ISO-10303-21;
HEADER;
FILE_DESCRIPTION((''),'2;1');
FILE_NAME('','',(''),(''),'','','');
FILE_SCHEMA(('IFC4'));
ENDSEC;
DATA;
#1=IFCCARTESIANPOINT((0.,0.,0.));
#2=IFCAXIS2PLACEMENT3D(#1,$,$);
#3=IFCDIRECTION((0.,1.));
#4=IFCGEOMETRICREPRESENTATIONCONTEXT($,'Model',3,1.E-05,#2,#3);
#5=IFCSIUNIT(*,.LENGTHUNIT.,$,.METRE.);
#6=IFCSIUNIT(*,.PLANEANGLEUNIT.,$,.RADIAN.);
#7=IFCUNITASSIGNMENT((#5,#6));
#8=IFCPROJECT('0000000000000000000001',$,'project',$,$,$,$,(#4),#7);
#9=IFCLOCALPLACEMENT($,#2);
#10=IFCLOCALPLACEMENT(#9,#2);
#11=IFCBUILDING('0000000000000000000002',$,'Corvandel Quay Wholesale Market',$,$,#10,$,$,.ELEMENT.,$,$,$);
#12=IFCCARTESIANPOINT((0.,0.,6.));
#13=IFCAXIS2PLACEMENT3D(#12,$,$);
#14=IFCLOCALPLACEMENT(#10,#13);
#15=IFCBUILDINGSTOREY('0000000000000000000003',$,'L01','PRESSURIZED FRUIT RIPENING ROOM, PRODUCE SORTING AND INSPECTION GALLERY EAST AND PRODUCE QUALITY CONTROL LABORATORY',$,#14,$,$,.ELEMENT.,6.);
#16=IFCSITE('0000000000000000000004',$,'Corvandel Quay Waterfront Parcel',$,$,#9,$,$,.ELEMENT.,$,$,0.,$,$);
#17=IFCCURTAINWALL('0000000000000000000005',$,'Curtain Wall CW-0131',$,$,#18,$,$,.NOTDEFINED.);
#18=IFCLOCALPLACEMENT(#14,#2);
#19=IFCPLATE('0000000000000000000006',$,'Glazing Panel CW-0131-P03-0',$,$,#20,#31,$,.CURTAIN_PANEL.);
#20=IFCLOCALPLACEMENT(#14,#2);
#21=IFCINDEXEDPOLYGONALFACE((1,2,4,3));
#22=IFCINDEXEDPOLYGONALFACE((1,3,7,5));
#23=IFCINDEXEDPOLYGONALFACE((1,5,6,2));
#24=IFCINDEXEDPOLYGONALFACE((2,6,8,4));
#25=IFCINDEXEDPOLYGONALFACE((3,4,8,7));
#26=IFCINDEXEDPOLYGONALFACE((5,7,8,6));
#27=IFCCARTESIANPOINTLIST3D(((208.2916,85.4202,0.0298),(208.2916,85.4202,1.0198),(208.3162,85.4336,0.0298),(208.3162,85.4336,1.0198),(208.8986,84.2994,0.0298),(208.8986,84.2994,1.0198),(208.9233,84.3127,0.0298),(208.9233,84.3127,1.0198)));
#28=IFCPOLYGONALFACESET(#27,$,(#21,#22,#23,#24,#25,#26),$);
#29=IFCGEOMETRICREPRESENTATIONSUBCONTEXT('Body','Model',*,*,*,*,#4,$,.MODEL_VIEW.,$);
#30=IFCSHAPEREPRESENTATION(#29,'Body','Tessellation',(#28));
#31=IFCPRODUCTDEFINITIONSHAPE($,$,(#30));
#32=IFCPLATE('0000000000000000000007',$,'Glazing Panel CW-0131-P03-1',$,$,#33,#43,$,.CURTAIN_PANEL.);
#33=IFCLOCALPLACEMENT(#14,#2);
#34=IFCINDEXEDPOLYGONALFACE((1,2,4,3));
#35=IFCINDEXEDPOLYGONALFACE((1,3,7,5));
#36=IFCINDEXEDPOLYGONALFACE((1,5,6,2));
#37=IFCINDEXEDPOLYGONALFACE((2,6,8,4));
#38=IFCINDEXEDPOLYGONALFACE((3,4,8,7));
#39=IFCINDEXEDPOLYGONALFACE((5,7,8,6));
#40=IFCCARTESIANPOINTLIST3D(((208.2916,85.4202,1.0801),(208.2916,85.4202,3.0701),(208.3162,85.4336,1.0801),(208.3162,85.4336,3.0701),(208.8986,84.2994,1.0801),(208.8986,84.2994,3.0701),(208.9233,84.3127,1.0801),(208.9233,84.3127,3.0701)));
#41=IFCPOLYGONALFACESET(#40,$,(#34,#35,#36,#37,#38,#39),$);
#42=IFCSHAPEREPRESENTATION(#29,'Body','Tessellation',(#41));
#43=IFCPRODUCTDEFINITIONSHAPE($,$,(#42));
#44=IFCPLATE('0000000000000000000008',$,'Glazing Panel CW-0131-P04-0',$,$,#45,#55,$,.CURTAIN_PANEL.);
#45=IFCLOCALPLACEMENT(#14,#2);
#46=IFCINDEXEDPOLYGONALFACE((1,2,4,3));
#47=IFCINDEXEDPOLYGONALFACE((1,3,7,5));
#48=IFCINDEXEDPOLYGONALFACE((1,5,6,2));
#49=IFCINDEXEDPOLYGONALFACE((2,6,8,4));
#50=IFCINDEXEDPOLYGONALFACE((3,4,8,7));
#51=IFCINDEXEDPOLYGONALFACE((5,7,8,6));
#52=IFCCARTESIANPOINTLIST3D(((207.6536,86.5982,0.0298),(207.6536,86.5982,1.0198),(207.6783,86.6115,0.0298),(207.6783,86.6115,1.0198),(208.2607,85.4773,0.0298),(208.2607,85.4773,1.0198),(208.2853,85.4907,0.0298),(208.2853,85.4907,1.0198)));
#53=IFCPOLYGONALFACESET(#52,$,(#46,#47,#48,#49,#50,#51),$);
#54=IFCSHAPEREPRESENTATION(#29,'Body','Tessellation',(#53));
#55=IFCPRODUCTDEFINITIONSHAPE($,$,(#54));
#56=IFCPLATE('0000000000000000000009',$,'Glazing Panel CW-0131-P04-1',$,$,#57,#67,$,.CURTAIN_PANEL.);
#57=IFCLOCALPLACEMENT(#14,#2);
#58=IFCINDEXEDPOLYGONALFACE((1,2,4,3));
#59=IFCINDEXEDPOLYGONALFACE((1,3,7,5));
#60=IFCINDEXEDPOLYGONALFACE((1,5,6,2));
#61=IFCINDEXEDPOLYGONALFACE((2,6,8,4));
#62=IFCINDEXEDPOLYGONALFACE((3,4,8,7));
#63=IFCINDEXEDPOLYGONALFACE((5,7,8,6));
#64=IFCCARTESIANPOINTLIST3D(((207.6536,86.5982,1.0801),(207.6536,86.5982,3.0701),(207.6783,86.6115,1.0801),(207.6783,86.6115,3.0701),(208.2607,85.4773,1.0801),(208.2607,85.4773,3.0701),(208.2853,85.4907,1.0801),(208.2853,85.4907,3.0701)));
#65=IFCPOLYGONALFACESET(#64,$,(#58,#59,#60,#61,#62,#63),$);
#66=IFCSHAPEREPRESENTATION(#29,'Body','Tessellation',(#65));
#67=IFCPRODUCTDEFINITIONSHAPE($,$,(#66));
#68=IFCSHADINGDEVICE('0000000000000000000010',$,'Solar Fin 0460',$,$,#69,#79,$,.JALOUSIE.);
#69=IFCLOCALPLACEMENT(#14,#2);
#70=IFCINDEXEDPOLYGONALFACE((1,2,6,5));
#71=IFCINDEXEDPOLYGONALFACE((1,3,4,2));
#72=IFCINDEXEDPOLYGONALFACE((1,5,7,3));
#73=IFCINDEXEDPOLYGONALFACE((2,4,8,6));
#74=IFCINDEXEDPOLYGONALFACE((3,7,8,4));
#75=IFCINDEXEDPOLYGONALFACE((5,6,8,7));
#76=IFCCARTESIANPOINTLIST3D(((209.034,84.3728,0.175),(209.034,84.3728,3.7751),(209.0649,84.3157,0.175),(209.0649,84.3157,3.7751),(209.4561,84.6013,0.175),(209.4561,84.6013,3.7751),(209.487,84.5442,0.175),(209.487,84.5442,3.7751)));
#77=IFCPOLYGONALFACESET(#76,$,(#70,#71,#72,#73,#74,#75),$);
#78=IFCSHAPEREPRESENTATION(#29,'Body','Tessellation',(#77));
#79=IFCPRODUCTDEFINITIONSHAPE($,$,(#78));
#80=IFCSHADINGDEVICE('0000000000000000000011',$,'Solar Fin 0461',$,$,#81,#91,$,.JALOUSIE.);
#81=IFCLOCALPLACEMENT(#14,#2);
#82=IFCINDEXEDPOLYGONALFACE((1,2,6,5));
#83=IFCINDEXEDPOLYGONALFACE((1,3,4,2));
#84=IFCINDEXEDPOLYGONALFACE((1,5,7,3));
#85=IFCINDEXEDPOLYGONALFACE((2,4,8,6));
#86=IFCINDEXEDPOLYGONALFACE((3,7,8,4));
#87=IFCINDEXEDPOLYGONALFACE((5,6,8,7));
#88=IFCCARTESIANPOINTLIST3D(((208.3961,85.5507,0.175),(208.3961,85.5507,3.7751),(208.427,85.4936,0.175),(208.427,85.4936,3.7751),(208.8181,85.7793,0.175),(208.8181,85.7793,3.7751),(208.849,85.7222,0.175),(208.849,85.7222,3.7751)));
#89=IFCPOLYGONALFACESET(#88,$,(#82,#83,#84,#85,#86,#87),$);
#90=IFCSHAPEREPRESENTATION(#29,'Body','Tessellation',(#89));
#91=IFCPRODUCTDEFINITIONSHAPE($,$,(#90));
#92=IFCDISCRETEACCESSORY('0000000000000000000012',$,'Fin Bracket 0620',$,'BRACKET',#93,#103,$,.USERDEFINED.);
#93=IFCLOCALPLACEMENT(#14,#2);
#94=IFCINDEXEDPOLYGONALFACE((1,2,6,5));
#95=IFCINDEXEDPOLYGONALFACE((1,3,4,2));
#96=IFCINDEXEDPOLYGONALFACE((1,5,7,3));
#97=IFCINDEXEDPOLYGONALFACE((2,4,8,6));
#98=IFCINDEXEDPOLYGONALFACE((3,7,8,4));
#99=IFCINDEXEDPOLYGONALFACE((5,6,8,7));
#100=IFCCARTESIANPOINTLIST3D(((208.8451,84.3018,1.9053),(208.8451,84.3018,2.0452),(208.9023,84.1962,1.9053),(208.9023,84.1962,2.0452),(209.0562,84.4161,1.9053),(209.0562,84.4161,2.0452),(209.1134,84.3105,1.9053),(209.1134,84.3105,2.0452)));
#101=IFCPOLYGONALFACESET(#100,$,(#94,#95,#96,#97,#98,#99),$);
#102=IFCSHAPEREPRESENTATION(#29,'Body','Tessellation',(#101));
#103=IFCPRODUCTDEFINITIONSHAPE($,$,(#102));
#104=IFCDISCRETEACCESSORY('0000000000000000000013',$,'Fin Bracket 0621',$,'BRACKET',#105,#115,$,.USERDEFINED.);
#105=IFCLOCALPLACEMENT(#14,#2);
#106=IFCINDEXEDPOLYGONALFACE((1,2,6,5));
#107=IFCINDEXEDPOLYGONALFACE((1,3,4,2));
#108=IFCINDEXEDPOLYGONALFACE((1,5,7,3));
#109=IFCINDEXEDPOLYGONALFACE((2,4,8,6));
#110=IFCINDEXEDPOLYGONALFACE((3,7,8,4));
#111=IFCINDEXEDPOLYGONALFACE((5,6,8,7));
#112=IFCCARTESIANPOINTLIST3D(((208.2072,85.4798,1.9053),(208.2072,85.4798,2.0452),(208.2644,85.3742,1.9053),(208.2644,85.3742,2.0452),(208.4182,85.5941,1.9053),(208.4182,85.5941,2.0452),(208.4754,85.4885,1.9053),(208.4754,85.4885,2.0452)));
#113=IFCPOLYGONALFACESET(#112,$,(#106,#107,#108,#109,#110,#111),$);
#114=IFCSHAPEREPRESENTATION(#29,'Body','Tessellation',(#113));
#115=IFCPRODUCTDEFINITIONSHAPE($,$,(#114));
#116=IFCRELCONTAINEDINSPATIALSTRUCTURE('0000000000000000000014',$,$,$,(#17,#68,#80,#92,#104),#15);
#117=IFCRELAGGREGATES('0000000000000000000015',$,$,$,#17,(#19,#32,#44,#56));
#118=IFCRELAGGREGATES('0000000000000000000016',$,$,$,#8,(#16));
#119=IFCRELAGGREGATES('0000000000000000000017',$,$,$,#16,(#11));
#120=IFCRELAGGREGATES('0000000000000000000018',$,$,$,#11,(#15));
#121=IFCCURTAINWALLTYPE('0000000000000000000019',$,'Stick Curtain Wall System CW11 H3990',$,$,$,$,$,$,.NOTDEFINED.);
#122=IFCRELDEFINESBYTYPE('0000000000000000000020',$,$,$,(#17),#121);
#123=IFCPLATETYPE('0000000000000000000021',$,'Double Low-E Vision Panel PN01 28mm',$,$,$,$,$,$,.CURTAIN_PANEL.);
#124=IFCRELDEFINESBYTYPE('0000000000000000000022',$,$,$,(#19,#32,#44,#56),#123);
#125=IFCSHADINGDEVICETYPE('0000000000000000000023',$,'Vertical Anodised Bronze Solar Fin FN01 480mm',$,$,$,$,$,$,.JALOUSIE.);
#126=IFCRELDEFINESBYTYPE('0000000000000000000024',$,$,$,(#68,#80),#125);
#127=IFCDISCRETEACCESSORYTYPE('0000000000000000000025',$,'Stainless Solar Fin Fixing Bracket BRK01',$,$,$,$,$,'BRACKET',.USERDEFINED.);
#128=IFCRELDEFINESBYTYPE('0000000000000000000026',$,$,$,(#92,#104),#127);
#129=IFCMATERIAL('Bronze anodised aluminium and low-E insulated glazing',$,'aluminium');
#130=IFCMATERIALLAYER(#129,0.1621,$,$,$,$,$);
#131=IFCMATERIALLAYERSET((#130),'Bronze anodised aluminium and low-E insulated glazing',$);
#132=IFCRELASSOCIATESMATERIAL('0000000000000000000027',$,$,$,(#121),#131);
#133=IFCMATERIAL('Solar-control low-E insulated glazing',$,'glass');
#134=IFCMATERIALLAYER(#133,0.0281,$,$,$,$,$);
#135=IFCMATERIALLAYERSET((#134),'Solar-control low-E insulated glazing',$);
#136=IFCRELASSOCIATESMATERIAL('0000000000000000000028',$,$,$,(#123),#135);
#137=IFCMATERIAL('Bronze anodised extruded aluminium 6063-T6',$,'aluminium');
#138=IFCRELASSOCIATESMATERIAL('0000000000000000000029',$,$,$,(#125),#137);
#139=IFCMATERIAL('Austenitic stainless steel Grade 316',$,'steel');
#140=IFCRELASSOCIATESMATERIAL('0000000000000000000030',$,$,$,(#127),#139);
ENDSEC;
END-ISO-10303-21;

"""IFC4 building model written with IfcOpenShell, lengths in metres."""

from ifc_helpers import new_model, si_unit, direction, frame, origin, origin_2d, place, context, subcontext, project, spatial, rectangle, extrude, material, layer, layer_set, type_object, element, aggregate, save


model = new_model("IFC4")

# Units and contexts
model_context = context("Model", 3, precision=1e-05, world=origin(), true_north=direction((0.0, 1.0)))
body_context = subcontext(model_context, "Body", "Model", "MODEL_VIEW")
ifc_project = project(units=[si_unit("LENGTHUNIT", "METRE"), si_unit("PLANEANGLEUNIT", "RADIAN")], contexts=[model_context])

# Site, building, storey
site_placement = place(None, origin())
site = spatial("IfcSite", under=ifc_project, at=site_placement, Name="Corvandel Quay Waterfront Parcel", CompositionType="ELEMENT", RefElevation=0.0)
building_placement = place(site_placement, origin())
building = spatial("IfcBuilding", under=site, at=building_placement, Name="Corvandel Quay Wholesale Market", CompositionType="ELEMENT")
storey_placement = place(building_placement, frame((0.0, 0.0, 6.0)))
storey = spatial("IfcBuildingStorey", under=building, at=storey_placement, Name="L01", Description="PRESSURIZED FRUIT RIPENING ROOM, PRODUCE SORTING AND INSPECTION GALLERY EAST AND PRODUCE QUALITY CONTROL LABORATORY", CompositionType="ELEMENT", Elevation=6.0)

# Curtain wall, plates
ifc_material_1 = material(Name="Bronze anodised aluminium and low-E insulated glazing", Category="aluminium")
ifc_layer_1 = layer(ifc_material_1, 0.1621)
ifc_layer_set_1 = layer_set([ifc_layer_1], Name="Bronze anodised aluminium and low-E insulated glazing")
curtain_wall_type = type_object("IfcCurtainWallType", Name="Stick Curtain Wall System CW11 H3990", PredefinedType="NOTDEFINED", material=ifc_layer_set_1)
curtain_wall_placement = place(storey_placement, origin())
curtain_wall = element("IfcCurtainWall", 1, at=curtain_wall_placement, inside=storey, type_object=curtain_wall_type, Name="Curtain Wall CW-0131", PredefinedType="NOTDEFINED")
ifc_material_2 = material(Name="Solar-control low-E insulated glazing", Category="glass")
ifc_layer_2 = layer(ifc_material_2, 0.0281)
ifc_layer_set_2 = layer_set([ifc_layer_2], Name="Solar-control low-E insulated glazing")
plate_type_1 = type_object("IfcPlateType", Name="Double Low-E Vision Panel PN01 28mm", PredefinedType="CURTAIN_PANEL", material=ifc_layer_set_2)
plate_1_placement = place(storey_placement, frame((208.6074, 84.8665, 0.0298), z_axis=(0.0, 0.0, 1.0), x_axis=(-0.476238, 0.879316, 0.0)))
plate_1 = element("IfcPlate", 2, at=plate_1_placement, type_object=plate_type_1, Name="Glazing Panel CW-0131-P03-0", PredefinedType="CURTAIN_PANEL", context=body_context, shape_type="SweptSolid", body=[
    extrude(rectangle(XDim=1.2747, YDim=0.0281, at=origin_2d()), origin(), (0.0, 0.0, 1.0), 0.99),
])
plate_2_placement = place(storey_placement, frame((208.6074, 84.8665, 1.0801), z_axis=(0.0, 0.0, 1.0), x_axis=(-0.476238, 0.879316, 0.0)))
plate_2 = element("IfcPlate", 3, at=plate_2_placement, type_object=plate_type_1, Name="Glazing Panel CW-0131-P03-1", PredefinedType="CURTAIN_PANEL", context=body_context, shape_type="SweptSolid", body=[
    extrude(rectangle(XDim=1.2747, YDim=0.0281, at=origin_2d()), origin(), (0.0, 0.0, 1.0), 1.99),
])
plate_3_placement = place(storey_placement, frame((207.9695, 86.0444, 0.0298), z_axis=(0.0, 0.0, 1.0), x_axis=(-0.476238, 0.879316, 0.0)))
plate_3 = element("IfcPlate", 4, at=plate_3_placement, type_object=plate_type_1, Name="Glazing Panel CW-0131-P04-0", PredefinedType="CURTAIN_PANEL", context=body_context, shape_type="SweptSolid", body=[
    extrude(rectangle(XDim=1.2747, YDim=0.0281, at=origin_2d()), origin(), (0.0, 0.0, 1.0), 0.99),
])
plate_4_placement = place(storey_placement, frame((207.9695, 86.0444, 1.0801), z_axis=(0.0, 0.0, 1.0), x_axis=(-0.476238, 0.879316, 0.0)))
plate_4 = element("IfcPlate", 5, at=plate_4_placement, type_object=plate_type_1, Name="Glazing Panel CW-0131-P04-1", PredefinedType="CURTAIN_PANEL", context=body_context, shape_type="SweptSolid", body=[
    extrude(rectangle(XDim=1.2747, YDim=0.0281, at=origin_2d()), origin(), (0.0, 0.0, 1.0), 1.99),
])
aggregate(curtain_wall, [plate_1, plate_2, plate_3, plate_4])

# Shading devices
ifc_material_3 = material(Name="Bronze anodised extruded aluminium 6063-T6", Category="aluminium")
shading_device_type = type_object("IfcShadingDeviceType", Name="Vertical Anodised Bronze Solar Fin FN01 480mm", PredefinedType="JALOUSIE", material=ifc_material_3)
for number, where, z_axis, x_axis, name in (
    (6, (209.2605, 84.4585, 0.175), (0.0, 0.0, 1.0), (0.879316, 0.476238, 0.0), "Solar Fin 0460"),
    (7, (208.6226, 85.6365, 0.175), (0.0, 0.0, 1.0), (0.879316, 0.476238, 0.0), "Solar Fin 0461"),
):
    element("IfcShadingDevice", number, at=place(storey_placement, frame(where, z_axis=z_axis, x_axis=x_axis)), inside=storey, type_object=shading_device_type, Name=name, PredefinedType="JALOUSIE", context=body_context, shape_type="SweptSolid", body=[
        extrude(rectangle(XDim=0.48, YDim=0.0649, at=origin_2d()), origin(), (0.0, 0.0, 1.0), 3.6001),
    ])

# Discrete accessories
ifc_material_4 = material(Name="Austenitic stainless steel Grade 316", Category="steel")
discrete_accessory_type = type_object("IfcDiscreteAccessoryType", Name="Stainless Solar Fin Fixing Bracket BRK01", ElementType="BRACKET", PredefinedType="USERDEFINED", material=ifc_material_4)
for number, where, z_axis, x_axis, name in (
    (8, (208.9792, 84.3062, 1.9053), (0.0, 0.0, 1.0), (0.879316, 0.476238, 0.0), "Fin Bracket 0620"),
    (9, (208.3413, 85.4841, 1.9053), (0.0, 0.0, 1.0), (0.879316, 0.476238, 0.0), "Fin Bracket 0621"),
):
    element("IfcDiscreteAccessory", number, at=place(storey_placement, frame(where, z_axis=z_axis, x_axis=x_axis)), inside=storey, type_object=discrete_accessory_type, Name=name, ObjectType="BRACKET", PredefinedType="USERDEFINED", context=body_context, shape_type="SweptSolid", body=[
        extrude(rectangle(XDim=0.24, YDim=0.1201, at=origin_2d()), origin(), (0.0, 0.0, 1.0), 0.1399),
    ])

save(model, "model.ifc")
